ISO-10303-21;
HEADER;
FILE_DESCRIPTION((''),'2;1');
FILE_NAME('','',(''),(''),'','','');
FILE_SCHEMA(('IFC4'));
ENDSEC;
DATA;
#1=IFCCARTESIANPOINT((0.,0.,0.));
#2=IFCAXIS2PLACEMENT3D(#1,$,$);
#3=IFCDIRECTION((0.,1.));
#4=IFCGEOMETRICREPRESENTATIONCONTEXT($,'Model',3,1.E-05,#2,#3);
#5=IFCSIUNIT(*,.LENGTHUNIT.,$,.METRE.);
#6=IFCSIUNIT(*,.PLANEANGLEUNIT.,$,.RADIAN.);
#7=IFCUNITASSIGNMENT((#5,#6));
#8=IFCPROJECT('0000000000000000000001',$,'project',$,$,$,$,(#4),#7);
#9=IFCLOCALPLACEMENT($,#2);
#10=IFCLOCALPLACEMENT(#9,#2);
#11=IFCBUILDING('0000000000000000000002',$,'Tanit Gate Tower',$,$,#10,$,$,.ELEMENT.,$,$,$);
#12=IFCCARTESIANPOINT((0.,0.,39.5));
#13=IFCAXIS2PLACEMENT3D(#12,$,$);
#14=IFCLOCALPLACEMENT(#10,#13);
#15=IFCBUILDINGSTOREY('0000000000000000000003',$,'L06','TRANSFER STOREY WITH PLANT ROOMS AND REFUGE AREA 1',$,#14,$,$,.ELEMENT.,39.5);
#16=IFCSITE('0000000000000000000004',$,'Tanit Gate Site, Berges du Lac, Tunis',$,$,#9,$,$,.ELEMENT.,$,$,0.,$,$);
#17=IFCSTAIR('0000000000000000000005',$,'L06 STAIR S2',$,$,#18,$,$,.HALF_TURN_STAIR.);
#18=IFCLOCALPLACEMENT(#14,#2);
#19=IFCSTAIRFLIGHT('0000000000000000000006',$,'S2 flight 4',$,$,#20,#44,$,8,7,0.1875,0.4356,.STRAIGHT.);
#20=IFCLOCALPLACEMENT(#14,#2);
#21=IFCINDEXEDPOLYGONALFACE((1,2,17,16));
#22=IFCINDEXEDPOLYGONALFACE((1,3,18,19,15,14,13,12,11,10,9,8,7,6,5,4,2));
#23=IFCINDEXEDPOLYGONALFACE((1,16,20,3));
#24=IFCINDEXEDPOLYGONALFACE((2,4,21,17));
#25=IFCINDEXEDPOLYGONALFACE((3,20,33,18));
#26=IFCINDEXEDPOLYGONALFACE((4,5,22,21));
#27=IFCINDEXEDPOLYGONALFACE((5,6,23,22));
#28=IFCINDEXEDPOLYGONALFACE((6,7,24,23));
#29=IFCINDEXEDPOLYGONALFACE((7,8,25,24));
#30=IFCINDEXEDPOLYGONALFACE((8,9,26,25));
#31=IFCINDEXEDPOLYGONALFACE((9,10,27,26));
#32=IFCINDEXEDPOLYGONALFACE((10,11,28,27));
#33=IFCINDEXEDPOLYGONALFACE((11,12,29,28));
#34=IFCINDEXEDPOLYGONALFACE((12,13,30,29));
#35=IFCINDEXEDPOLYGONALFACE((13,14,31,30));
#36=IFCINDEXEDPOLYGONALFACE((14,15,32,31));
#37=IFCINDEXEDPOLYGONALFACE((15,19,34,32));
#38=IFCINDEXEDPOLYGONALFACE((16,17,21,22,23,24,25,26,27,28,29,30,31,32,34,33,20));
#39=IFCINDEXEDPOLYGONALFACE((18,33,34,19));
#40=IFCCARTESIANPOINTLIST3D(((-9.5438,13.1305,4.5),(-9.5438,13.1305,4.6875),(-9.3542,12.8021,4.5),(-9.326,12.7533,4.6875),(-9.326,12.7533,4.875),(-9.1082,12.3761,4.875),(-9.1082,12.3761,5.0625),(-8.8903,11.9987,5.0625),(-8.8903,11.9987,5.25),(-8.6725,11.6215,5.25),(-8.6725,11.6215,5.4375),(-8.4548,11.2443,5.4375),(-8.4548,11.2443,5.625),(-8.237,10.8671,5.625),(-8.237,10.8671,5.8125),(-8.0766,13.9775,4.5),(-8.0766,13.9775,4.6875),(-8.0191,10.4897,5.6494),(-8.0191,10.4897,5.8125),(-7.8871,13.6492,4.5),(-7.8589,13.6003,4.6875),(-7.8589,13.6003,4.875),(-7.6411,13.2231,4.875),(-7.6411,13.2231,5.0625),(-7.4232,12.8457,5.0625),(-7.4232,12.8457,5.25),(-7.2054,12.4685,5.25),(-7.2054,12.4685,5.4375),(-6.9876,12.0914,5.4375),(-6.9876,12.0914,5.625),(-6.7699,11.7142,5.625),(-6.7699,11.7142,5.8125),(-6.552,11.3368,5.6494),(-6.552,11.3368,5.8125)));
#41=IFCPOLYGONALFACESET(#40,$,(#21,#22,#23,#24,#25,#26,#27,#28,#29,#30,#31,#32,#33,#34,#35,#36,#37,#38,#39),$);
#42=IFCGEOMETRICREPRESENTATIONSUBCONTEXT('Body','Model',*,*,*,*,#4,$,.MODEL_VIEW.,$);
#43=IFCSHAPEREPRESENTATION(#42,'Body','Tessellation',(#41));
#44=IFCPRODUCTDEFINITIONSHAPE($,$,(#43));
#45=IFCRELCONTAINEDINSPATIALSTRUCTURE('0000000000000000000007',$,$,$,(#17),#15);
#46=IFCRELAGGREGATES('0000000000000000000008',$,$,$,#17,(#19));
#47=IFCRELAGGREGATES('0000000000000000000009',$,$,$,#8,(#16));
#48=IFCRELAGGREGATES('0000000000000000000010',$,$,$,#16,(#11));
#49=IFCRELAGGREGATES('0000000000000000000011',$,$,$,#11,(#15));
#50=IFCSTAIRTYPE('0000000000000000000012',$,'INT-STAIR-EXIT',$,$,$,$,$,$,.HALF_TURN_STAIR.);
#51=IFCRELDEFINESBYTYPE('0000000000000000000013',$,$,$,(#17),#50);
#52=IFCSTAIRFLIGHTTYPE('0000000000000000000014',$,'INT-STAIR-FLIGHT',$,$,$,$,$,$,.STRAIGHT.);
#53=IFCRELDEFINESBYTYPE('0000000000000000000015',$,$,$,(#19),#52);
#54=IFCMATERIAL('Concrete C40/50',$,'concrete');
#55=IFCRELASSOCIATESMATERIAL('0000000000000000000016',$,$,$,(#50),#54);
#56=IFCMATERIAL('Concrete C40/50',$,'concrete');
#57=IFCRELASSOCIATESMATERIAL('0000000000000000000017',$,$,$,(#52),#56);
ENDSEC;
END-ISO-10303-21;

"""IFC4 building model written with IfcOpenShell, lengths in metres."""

from ifc_helpers import new_model, si_unit, direction, frame, origin, place, context, subcontext, project, spatial, polyline, outline, extrude, material, type_object, element, aggregate, save


model = new_model("IFC4")

# Units and contexts
model_context = context("Model", 3, precision=1e-05, world=origin(), true_north=direction((0.0, 1.0)))
body_context = subcontext(model_context, "Body", "Model", "MODEL_VIEW")
ifc_project = project(units=[si_unit("LENGTHUNIT", "METRE"), si_unit("PLANEANGLEUNIT", "RADIAN")], contexts=[model_context])

# Site, building, storey
site_placement = place(None, origin())
site = spatial("IfcSite", under=ifc_project, at=site_placement, Name="Tanit Gate Site, Berges du Lac, Tunis", CompositionType="ELEMENT", RefElevation=0.0)
building_placement = place(site_placement, origin())
building = spatial("IfcBuilding", under=site, at=building_placement, Name="Tanit Gate Tower", CompositionType="ELEMENT")
storey_placement = place(building_placement, frame((0.0, 0.0, 39.5)))
storey = spatial("IfcBuildingStorey", under=building, at=storey_placement, Name="L06", Description="TRANSFER STOREY WITH PLANT ROOMS AND REFUGE AREA 1", CompositionType="ELEMENT", Elevation=39.5)

# Stair, stair flight
ifc_material_1 = material(Name="Concrete C40/50", Category="concrete")
stair_type = type_object("IfcStairType", Name="INT-STAIR-EXIT", PredefinedType="HALF_TURN_STAIR", material=ifc_material_1)
stair_placement = place(storey_placement, origin())
stair = element("IfcStair", 1, at=stair_placement, inside=storey, type_object=stair_type, Name="L06 STAIR S2", PredefinedType="HALF_TURN_STAIR")
ifc_material_2 = material(Name="Concrete C40/50", Category="concrete")
stair_flight_type = type_object("IfcStairFlightType", Name="INT-STAIR-FLIGHT", PredefinedType="STRAIGHT", material=ifc_material_2)
stair_flight_1_placement = place(storey_placement, frame((-8.8103, 13.554, 4.5), z_axis=(0.0, 0.0, 1.0), x_axis=(0.5, -0.866025, 0.0)))
stair_flight_1 = element("IfcStairFlight", 2, at=stair_flight_1_placement, type_object=stair_flight_type, Name="S2 flight 4", NumberOfRisers=8, NumberOfTreads=7, PredefinedType="STRAIGHT", RiserHeight=0.1875, TreadLength=0.4356, context=body_context, shape_type="SweptSolid", body=[
    extrude(outline(polyline([(0.0, 0.0), (0.0, 0.1875), (0.4355, 0.1875), (0.4355, 0.375), (0.8711, 0.375), (0.8711, 0.5625), (1.3069, 0.5625), (1.3069, 0.75), (1.7424, 0.75), (1.7424, 0.9375), (2.178, 0.9375), (2.178, 1.125), (2.6135, 1.125), (2.6135, 1.3125), (3.0493, 1.3125), (3.0493, 1.5), (3.0493, 1.1494), (0.3792, 0.0), (0.0, 0.0)])), frame((0.0, 0.8472, 0.0), z_axis=(0.0, -1.0, 0.0), x_axis=(1.0, 0.0, 0.0)), (0.0, 0.0, 1.0), 1.6941),
])
aggregate(stair, [stair_flight_1])

save(model, "model.ifc")
